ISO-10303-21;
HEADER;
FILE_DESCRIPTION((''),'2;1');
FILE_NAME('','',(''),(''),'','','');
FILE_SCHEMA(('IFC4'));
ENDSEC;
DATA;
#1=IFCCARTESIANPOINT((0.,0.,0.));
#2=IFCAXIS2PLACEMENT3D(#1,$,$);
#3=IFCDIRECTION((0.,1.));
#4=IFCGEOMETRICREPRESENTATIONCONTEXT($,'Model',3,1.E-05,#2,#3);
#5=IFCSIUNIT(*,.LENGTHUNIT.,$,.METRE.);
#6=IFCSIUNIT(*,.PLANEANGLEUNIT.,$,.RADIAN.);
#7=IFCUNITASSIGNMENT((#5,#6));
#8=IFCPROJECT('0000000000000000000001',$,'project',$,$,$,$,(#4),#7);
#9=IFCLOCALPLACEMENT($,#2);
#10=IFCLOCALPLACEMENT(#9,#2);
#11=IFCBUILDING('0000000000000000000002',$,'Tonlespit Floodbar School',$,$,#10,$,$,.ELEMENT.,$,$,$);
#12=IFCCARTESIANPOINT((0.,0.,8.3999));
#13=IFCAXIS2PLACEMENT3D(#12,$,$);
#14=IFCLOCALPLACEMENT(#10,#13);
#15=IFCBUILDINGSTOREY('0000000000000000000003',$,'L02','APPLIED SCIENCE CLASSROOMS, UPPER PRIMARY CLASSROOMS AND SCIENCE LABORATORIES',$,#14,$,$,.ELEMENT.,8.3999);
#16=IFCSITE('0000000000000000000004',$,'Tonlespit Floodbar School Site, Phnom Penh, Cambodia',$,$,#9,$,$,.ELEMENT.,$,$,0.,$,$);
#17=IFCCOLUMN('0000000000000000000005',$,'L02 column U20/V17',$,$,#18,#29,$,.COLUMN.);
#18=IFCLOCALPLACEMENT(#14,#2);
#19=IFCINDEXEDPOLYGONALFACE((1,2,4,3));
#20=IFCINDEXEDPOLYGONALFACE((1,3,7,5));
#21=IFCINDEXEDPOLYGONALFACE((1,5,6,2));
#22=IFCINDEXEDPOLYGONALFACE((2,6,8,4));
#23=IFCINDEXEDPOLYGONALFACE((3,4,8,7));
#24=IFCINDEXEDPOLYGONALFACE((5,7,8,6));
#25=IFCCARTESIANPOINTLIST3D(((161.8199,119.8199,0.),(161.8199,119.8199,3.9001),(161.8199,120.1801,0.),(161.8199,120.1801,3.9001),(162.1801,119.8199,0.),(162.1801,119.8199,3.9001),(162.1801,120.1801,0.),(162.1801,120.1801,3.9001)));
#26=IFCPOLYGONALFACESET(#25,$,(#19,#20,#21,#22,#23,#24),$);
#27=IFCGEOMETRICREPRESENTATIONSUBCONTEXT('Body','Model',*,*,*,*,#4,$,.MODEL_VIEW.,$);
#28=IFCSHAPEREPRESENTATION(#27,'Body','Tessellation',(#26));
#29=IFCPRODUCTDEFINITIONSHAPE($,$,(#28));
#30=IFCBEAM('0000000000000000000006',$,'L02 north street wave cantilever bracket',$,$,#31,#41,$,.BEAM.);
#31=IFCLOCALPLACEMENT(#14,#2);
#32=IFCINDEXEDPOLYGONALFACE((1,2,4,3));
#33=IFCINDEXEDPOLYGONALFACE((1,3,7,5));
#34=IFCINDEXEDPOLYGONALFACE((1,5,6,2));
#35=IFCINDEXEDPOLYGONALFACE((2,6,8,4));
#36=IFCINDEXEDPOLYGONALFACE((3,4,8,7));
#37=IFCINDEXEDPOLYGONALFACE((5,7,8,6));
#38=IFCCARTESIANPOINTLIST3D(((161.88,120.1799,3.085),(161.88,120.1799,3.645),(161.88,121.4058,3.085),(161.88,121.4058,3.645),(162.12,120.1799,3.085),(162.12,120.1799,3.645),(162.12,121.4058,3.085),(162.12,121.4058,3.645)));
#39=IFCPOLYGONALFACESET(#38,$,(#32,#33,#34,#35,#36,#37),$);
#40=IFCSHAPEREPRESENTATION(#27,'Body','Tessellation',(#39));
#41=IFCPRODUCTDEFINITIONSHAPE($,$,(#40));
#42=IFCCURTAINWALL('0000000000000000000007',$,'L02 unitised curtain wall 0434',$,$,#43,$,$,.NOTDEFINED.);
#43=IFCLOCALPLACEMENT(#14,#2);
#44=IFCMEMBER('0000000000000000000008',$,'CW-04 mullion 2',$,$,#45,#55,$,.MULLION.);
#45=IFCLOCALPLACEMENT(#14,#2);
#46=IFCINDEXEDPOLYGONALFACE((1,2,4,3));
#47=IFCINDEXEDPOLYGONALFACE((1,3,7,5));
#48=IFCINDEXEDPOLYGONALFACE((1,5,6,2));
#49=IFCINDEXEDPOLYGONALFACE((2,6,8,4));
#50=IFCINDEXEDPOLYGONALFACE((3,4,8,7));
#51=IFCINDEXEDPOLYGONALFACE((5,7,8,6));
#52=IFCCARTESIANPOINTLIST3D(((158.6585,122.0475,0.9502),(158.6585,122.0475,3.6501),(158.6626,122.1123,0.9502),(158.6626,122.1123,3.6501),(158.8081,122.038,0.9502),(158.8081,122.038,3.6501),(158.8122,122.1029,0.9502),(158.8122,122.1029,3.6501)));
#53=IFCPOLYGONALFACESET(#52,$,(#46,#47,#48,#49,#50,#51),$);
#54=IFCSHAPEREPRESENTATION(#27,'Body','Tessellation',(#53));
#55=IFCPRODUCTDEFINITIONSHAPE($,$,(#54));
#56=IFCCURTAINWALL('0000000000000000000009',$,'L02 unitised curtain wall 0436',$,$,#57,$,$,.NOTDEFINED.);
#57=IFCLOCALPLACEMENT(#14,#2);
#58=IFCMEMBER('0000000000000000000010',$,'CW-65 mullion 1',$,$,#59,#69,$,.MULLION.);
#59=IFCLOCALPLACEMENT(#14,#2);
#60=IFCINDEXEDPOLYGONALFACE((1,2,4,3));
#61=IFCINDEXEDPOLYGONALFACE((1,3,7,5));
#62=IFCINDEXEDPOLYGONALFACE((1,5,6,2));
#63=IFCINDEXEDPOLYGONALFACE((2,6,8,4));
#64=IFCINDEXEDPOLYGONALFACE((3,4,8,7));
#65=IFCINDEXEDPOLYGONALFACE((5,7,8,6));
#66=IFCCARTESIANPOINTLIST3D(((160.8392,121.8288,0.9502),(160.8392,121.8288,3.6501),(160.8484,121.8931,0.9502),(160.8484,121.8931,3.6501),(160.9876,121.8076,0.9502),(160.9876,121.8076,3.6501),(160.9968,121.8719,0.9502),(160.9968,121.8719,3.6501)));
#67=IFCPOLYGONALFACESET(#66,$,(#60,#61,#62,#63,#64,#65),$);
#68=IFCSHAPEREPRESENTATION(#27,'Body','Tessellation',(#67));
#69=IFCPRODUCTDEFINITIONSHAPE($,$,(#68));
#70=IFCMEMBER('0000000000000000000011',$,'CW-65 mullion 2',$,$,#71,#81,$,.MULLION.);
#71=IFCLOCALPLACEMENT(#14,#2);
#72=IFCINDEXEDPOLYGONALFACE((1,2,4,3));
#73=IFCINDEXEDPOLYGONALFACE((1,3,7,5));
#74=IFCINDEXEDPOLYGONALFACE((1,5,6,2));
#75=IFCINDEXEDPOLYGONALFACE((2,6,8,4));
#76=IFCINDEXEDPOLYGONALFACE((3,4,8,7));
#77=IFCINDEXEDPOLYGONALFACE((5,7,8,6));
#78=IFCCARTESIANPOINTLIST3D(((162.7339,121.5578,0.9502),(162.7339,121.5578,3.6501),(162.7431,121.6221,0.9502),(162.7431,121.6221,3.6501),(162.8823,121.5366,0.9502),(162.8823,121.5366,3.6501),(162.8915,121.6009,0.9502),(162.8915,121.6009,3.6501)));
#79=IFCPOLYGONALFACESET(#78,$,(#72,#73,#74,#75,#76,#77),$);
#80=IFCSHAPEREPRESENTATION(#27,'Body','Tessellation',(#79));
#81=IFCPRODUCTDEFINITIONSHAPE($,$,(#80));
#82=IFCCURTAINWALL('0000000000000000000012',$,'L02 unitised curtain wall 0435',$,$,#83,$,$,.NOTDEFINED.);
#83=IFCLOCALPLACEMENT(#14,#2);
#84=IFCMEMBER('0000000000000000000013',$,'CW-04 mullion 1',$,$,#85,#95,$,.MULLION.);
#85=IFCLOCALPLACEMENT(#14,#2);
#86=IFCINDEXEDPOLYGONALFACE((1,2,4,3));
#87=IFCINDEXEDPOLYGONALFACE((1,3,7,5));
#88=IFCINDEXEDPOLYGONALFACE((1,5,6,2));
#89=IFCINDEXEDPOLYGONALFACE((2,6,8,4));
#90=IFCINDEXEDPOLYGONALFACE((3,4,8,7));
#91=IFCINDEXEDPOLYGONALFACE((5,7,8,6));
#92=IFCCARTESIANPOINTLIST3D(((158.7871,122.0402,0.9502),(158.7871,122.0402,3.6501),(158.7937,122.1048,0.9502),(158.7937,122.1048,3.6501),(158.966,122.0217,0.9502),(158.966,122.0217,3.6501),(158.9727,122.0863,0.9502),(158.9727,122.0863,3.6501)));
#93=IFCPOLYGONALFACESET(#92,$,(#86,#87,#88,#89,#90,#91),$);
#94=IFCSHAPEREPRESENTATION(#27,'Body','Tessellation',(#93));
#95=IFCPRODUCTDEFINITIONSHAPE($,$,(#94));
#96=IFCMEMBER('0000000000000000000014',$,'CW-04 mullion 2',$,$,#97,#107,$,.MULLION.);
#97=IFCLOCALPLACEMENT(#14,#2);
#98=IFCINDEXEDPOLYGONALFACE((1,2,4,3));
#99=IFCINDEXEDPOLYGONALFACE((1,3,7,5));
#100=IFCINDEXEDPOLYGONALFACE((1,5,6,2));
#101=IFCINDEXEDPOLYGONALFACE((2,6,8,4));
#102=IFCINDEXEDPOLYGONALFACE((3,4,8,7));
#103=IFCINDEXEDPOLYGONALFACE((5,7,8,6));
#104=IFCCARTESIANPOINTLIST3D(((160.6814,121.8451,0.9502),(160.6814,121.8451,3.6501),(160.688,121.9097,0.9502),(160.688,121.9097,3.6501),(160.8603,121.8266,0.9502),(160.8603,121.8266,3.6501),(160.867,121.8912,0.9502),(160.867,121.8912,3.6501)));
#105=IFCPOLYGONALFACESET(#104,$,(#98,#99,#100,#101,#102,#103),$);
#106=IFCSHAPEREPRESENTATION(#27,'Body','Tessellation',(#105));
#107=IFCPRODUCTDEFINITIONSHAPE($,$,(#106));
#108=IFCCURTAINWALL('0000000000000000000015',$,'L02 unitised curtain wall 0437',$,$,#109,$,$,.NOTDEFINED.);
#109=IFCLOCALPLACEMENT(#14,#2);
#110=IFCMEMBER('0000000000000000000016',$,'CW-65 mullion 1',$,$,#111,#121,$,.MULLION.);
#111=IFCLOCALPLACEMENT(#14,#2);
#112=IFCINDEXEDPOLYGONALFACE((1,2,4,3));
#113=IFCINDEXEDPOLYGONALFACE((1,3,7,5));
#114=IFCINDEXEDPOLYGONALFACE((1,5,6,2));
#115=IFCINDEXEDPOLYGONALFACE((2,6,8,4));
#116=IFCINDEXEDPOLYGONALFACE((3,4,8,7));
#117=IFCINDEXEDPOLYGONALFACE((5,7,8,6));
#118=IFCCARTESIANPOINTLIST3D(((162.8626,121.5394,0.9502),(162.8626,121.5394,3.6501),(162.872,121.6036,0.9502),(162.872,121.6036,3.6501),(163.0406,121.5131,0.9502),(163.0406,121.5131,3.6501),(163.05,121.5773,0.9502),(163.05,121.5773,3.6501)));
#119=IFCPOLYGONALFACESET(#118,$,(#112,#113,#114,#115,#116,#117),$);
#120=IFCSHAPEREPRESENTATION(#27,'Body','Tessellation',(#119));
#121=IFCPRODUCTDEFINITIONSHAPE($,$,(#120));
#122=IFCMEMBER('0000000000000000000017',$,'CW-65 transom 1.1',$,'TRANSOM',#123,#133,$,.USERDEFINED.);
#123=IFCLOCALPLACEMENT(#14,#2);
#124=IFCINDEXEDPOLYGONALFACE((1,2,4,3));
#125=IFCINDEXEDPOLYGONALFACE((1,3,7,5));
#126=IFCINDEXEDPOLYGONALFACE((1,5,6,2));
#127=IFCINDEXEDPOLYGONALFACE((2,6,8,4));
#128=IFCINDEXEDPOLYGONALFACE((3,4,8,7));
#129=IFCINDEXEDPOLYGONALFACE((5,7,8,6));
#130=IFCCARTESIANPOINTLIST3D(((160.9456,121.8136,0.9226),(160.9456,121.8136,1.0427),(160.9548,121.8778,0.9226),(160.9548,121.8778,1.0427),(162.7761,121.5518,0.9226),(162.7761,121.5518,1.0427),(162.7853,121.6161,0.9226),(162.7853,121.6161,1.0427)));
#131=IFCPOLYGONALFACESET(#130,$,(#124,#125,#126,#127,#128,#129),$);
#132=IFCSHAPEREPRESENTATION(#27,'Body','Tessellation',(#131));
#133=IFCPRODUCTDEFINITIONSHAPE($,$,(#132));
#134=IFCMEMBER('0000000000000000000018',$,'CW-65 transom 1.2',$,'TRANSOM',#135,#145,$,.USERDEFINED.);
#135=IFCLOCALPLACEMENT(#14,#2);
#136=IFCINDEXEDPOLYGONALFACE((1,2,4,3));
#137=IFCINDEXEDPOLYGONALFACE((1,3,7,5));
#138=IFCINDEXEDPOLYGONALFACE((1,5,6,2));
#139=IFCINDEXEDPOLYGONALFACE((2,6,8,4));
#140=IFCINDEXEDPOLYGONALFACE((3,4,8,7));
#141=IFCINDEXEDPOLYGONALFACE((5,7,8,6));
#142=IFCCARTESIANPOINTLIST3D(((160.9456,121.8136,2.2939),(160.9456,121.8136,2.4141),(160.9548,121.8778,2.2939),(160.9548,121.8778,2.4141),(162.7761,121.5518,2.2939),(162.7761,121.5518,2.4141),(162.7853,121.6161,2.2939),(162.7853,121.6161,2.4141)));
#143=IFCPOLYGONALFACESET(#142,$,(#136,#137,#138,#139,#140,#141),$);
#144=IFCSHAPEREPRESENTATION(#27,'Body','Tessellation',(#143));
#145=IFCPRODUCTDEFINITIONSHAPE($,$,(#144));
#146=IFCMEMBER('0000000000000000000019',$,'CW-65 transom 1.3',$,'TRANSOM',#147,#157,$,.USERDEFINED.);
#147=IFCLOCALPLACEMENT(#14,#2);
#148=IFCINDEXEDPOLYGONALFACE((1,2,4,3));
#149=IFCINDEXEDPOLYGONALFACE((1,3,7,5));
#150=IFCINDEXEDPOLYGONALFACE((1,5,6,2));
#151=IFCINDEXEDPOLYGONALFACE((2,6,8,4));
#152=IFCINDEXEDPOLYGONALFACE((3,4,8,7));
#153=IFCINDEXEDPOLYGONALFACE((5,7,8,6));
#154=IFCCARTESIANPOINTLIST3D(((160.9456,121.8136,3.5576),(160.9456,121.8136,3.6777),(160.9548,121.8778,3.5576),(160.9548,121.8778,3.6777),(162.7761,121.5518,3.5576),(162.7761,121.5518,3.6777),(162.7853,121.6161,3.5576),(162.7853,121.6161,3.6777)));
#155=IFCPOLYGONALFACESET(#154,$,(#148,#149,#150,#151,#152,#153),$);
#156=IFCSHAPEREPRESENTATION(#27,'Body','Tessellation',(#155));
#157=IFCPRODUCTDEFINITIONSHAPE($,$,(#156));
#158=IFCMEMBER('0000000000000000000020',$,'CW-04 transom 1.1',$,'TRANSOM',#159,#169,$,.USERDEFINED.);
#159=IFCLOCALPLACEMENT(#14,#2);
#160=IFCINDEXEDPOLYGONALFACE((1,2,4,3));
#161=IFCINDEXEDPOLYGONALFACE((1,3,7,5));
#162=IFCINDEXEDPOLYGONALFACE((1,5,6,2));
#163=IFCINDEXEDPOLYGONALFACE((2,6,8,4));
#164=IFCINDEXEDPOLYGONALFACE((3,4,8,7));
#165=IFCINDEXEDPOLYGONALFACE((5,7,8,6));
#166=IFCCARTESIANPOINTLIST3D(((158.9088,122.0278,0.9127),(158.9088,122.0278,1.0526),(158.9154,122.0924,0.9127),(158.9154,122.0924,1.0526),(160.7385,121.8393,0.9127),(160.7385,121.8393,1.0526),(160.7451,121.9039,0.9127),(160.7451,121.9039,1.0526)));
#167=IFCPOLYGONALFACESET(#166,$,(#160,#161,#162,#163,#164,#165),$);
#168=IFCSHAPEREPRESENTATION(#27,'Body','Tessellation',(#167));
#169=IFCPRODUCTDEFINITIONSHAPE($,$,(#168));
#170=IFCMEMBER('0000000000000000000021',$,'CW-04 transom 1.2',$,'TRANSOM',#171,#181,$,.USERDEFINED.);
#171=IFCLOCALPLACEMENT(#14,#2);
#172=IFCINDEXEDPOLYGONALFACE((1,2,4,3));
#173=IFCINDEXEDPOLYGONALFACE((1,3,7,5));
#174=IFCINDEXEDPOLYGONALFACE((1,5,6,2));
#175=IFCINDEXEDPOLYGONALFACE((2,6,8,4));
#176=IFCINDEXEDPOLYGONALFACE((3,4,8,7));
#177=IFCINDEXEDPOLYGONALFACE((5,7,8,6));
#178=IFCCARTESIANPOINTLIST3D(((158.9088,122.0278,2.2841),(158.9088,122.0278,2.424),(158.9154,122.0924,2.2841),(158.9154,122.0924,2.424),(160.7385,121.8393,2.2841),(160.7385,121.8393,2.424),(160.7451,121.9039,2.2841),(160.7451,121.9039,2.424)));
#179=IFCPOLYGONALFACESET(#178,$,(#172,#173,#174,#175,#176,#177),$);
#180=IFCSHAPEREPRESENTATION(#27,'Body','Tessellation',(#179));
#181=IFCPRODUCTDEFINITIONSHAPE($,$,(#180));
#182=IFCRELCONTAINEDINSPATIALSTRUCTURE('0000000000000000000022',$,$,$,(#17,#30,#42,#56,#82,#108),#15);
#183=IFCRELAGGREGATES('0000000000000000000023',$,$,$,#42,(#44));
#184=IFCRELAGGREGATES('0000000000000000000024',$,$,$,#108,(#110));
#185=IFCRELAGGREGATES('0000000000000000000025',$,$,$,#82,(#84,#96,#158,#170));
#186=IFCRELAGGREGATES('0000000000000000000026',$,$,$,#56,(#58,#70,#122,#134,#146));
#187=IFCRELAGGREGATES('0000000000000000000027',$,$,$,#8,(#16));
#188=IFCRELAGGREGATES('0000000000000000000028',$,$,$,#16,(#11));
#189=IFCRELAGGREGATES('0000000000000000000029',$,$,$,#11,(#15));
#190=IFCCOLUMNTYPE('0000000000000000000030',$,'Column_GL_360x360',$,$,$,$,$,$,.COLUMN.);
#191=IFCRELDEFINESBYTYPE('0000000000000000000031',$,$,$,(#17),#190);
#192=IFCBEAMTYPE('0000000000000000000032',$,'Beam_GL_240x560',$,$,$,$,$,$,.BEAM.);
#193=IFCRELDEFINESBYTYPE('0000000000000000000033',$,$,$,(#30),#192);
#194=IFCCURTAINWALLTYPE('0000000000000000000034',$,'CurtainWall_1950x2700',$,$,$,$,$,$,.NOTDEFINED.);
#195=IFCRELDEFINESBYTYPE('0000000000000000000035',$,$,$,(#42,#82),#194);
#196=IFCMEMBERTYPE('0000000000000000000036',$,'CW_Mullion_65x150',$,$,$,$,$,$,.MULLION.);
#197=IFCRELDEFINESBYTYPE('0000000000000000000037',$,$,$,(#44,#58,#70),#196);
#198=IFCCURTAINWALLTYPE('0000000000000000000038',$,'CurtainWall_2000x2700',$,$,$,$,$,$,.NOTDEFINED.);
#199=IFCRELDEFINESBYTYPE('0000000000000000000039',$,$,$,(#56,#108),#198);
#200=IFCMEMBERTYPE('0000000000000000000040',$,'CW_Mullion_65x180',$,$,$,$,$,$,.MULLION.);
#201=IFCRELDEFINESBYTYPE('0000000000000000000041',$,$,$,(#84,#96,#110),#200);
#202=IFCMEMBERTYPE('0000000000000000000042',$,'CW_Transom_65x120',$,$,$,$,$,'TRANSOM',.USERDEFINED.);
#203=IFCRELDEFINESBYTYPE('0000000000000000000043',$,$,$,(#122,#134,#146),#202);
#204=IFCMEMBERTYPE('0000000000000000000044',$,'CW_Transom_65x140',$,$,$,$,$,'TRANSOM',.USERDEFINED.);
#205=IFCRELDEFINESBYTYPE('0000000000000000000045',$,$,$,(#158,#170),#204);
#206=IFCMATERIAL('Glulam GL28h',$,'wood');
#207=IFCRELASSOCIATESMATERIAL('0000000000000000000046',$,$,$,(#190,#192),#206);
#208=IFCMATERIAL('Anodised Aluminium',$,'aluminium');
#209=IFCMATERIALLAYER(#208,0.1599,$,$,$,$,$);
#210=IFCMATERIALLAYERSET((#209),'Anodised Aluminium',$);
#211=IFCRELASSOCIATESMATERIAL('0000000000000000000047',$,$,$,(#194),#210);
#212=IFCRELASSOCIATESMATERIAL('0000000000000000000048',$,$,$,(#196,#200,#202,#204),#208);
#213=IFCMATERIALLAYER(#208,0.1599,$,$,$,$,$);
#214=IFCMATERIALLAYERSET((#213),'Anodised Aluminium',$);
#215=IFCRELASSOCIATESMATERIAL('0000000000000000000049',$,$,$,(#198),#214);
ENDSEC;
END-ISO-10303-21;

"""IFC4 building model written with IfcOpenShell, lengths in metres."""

from ifc_helpers import new_model, si_unit, direction, frame, origin, origin_2d, place, context, subcontext, project, spatial, rectangle, extrude, material, layer, layer_set, material_profile, profile_set, type_object, element, aggregate, save


model = new_model("IFC4")

# Units and contexts
model_context = context("Model", 3, precision=1e-05, world=origin(), true_north=direction((0.0, 1.0)))
body_context = subcontext(model_context, "Body", "Model", "MODEL_VIEW")
ifc_project = project(units=[si_unit("LENGTHUNIT", "METRE"), si_unit("PLANEANGLEUNIT", "RADIAN")], contexts=[model_context])

# Site, building, storey
site_placement = place(None, origin())
site = spatial("IfcSite", under=ifc_project, at=site_placement, Name="Tonlespit Floodbar School Site, Phnom Penh, Cambodia", CompositionType="ELEMENT", RefElevation=0.0)
building_placement = place(site_placement, origin())
building = spatial("IfcBuilding", under=site, at=building_placement, Name="Tonlespit Floodbar School", CompositionType="ELEMENT")
storey_placement = place(building_placement, frame((0.0, 0.0, 8.3999)))
storey = spatial("IfcBuildingStorey", under=building, at=storey_placement, Name="L02", Description="APPLIED SCIENCE CLASSROOMS, UPPER PRIMARY CLASSROOMS AND SCIENCE LABORATORIES", CompositionType="ELEMENT", Elevation=8.3999)

# Column
ifc_material_1 = material(Name="Glulam GL28h", Category="wood")
ifc_material_profile_1 = material_profile(ifc_material_1, rectangle(XDim=0.3601, YDim=0.3601, at=origin_2d()), Name="GL 360x360")
ifc_profile_set_1 = profile_set([ifc_material_profile_1], Name="Glulam GL28h")
column_type = type_object("IfcColumnType", Name="Column_GL_360x360", PredefinedType="COLUMN", material=ifc_profile_set_1)
column_placement = place(storey_placement, frame((162.0, 120.0, 0.0), z_axis=(0.0, 0.0, 1.0), x_axis=(1.0, 0.0, 0.0)))
element("IfcColumn", 1, at=column_placement, inside=storey, type_object=column_type, Name="L02 column U20/V17", PredefinedType="COLUMN", context=body_context, shape_type="SweptSolid", body=[
    extrude(rectangle(XDim=0.3601, YDim=0.3601, at=origin_2d()), origin(), (0.0, 0.0, 1.0), 3.9001),
])

# Beam
ifc_material_profile_2 = material_profile(ifc_material_1, rectangle(XDim=0.24, YDim=0.5601, at=origin_2d()), Name="GL 240x560")
ifc_profile_set_2 = profile_set([ifc_material_profile_2], Name="Glulam GL28h")
beam_type_1 = type_object("IfcBeamType", Name="Beam_GL_240x560", PredefinedType="BEAM", material=ifc_profile_set_2)
beam_1_placement = place(storey_placement, frame((162.0, 120.1799, 3.365), z_axis=(0.0, 1.0, 0.0), x_axis=(-1.0, 0.0, 0.0)))
element("IfcBeam", 2, at=beam_1_placement, inside=storey, type_object=beam_type_1, Name="L02 north street wave cantilever bracket", PredefinedType="BEAM", context=body_context, shape_type="SweptSolid", body=[
    extrude(rectangle(XDim=0.24, YDim=0.5601, at=origin_2d()), origin(), (0.0, 0.0, 1.0), 1.2258),
])

# Curtain wall, member
ifc_material_2 = material(Name="Anodised Aluminium", Category="aluminium")
ifc_layer_1 = layer(ifc_material_2, 0.1599)
ifc_layer_set_1 = layer_set([ifc_layer_1], Name="Anodised Aluminium")
curtain_wall_type_1 = type_object("IfcCurtainWallType", Name="CurtainWall_1950x2700", PredefinedType="NOTDEFINED", material=ifc_layer_set_1)
curtain_wall_1_placement = place(storey_placement, origin())
curtain_wall_1 = element("IfcCurtainWall", 3, at=curtain_wall_1_placement, inside=storey, type_object=curtain_wall_type_1, Name="L02 unitised curtain wall 0434", PredefinedType="NOTDEFINED")
ifc_material_profile_3 = material_profile(ifc_material_2, rectangle(XDim=0.0649, YDim=0.1499, at=origin_2d()), Name="ALU M65x150")
ifc_profile_set_3 = profile_set([ifc_material_profile_3], Name="Anodised Aluminium")
member_type_1 = type_object("IfcMemberType", Name="CW_Mullion_65x150", PredefinedType="MULLION", material=ifc_profile_set_3)
member_1_placement = place(storey_placement, frame((158.7354, 122.0752, 0.9502), z_axis=(0.0, 0.0, 1.0), x_axis=(0.063282, 0.997996, 0.0)))
member_1 = element("IfcMember", 4, at=member_1_placement, type_object=member_type_1, Name="CW-04 mullion 2", PredefinedType="MULLION", context=body_context, shape_type="SweptSolid", body=[
    extrude(rectangle(XDim=0.0649, YDim=0.1499, at=origin_2d()), origin(), (0.0, 0.0, 1.0), 2.7),
])
aggregate(curtain_wall_1, [member_1])

# Curtain walls, members
ifc_layer_2 = layer(ifc_material_2, 0.1599)
ifc_layer_set_2 = layer_set([ifc_layer_2], Name="Anodised Aluminium")
curtain_wall_type_2 = type_object("IfcCurtainWallType", Name="CurtainWall_2000x2700", PredefinedType="NOTDEFINED", material=ifc_layer_set_2)
curtain_wall_2_placement = place(storey_placement, origin())
curtain_wall_2 = element("IfcCurtainWall", 5, at=curtain_wall_2_placement, inside=storey, type_object=curtain_wall_type_2, Name="L02 unitised curtain wall 0436", PredefinedType="NOTDEFINED")
member_2_placement = place(storey_placement, frame((160.918, 121.8503, 0.9502), z_axis=(0.0, 0.0, 1.0), x_axis=(0.141626, 0.98992, 0.0)))
member_2 = element("IfcMember", 6, at=member_2_placement, type_object=member_type_1, Name="CW-65 mullion 1", PredefinedType="MULLION", context=body_context, shape_type="SweptSolid", body=[
    extrude(rectangle(XDim=0.0649, YDim=0.1499, at=origin_2d()), origin(), (0.0, 0.0, 1.0), 2.7),
])
member_3_placement = place(storey_placement, frame((162.8127, 121.5793, 0.9502), z_axis=(0.0, 0.0, 1.0), x_axis=(0.141626, 0.98992, 0.0)))
member_3 = element("IfcMember", 7, at=member_3_placement, type_object=member_type_1, Name="CW-65 mullion 2", PredefinedType="MULLION", context=body_context, shape_type="SweptSolid", body=[
    extrude(rectangle(XDim=0.0649, YDim=0.1499, at=origin_2d()), origin(), (0.0, 0.0, 1.0), 2.7),
])
curtain_wall_3_placement = place(storey_placement, origin())
curtain_wall_3 = element("IfcCurtainWall", 8, at=curtain_wall_3_placement, inside=storey, type_object=curtain_wall_type_1, Name="L02 unitised curtain wall 0435", PredefinedType="NOTDEFINED")
ifc_material_profile_4 = material_profile(ifc_material_2, rectangle(XDim=0.0649, YDim=0.1799, at=origin_2d()), Name="ALU M65x180")
ifc_profile_set_4 = profile_set([ifc_material_profile_4], Name="Anodised Aluminium")
member_type_2 = type_object("IfcMemberType", Name="CW_Mullion_65x180", PredefinedType="MULLION", material=ifc_profile_set_4)
member_4_placement = place(storey_placement, frame((158.8799, 122.0632, 0.9502), z_axis=(0.0, 0.0, 1.0), x_axis=(0.102475, 0.994736, 0.0)))
member_4 = element("IfcMember", 9, at=member_4_placement, type_object=member_type_2, Name="CW-04 mullion 1", PredefinedType="MULLION", context=body_context, shape_type="SweptSolid", body=[
    extrude(rectangle(XDim=0.0649, YDim=0.1799, at=origin_2d()), origin(), (0.0, 0.0, 1.0), 2.7),
])
member_5_placement = place(storey_placement, frame((160.7742, 121.8682, 0.9502), z_axis=(0.0, 0.0, 1.0), x_axis=(0.102475, 0.994736, 0.0)))
member_5 = element("IfcMember", 10, at=member_5_placement, type_object=member_type_2, Name="CW-04 mullion 2", PredefinedType="MULLION", context=body_context, shape_type="SweptSolid", body=[
    extrude(rectangle(XDim=0.0649, YDim=0.1799, at=origin_2d()), origin(), (0.0, 0.0, 1.0), 2.7),
])

# Curtain wall, member
curtain_wall_4_placement = place(storey_placement, origin())
curtain_wall_4 = element("IfcCurtainWall", 11, at=curtain_wall_4_placement, inside=storey, type_object=curtain_wall_type_2, Name="L02 unitised curtain wall 0437", PredefinedType="NOTDEFINED")
member_6_placement = place(storey_placement, frame((162.9563, 121.5583, 0.9502), z_axis=(0.0, 0.0, 1.0), x_axis=(0.146022, 0.989281, 0.0)))
member_6 = element("IfcMember", 12, at=member_6_placement, type_object=member_type_2, Name="CW-65 mullion 1", PredefinedType="MULLION", context=body_context, shape_type="SweptSolid", body=[
    extrude(rectangle(XDim=0.0649, YDim=0.1799, at=origin_2d()), origin(), (0.0, 0.0, 1.0), 2.7),
])

# Members
ifc_material_profile_5 = material_profile(ifc_material_2, rectangle(XDim=0.0649, YDim=0.1201, at=origin_2d()), Name="ALU T65x120")
ifc_profile_set_5 = profile_set([ifc_material_profile_5], Name="Anodised Aluminium")
member_type_3 = type_object("IfcMemberType", Name="CW_Transom_65x120", ElementType="TRANSOM", PredefinedType="USERDEFINED", material=ifc_profile_set_5)
member_7_placement = place(storey_placement, frame((160.9502, 121.8457, 0.9827), z_axis=(0.989934, -0.141532, 0.0), x_axis=(0.141532, 0.989934, 0.0)))
member_7 = element("IfcMember", 13, at=member_7_placement, type_object=member_type_3, Name="CW-65 transom 1.1", ObjectType="TRANSOM", PredefinedType="USERDEFINED", context=body_context, shape_type="SweptSolid", body=[
    extrude(rectangle(XDim=0.0649, YDim=0.1201, at=origin_2d()), origin(), (0.0, 0.0, 1.0), 1.8491),
])
member_8_placement = place(storey_placement, frame((160.9502, 121.8457, 2.354), z_axis=(0.989934, -0.141532, 0.0), x_axis=(0.141532, 0.989934, 0.0)))
member_8 = element("IfcMember", 14, at=member_8_placement, type_object=member_type_3, Name="CW-65 transom 1.2", ObjectType="TRANSOM", PredefinedType="USERDEFINED", context=body_context, shape_type="SweptSolid", body=[
    extrude(rectangle(XDim=0.0649, YDim=0.1201, at=origin_2d()), origin(), (0.0, 0.0, 1.0), 1.8491),
])
member_9_placement = place(storey_placement, frame((160.9502, 121.8457, 3.6177), z_axis=(0.989934, -0.141532, 0.0), x_axis=(0.141532, 0.989934, 0.0)))
member_9 = element("IfcMember", 15, at=member_9_placement, type_object=member_type_3, Name="CW-65 transom 1.3", ObjectType="TRANSOM", PredefinedType="USERDEFINED", context=body_context, shape_type="SweptSolid", body=[
    extrude(rectangle(XDim=0.0649, YDim=0.1201, at=origin_2d()), origin(), (0.0, 0.0, 1.0), 1.8491),
])
ifc_material_profile_6 = material_profile(ifc_material_2, rectangle(XDim=0.0649, YDim=0.1399, at=origin_2d()), Name="ALU T65x140")
ifc_profile_set_6 = profile_set([ifc_material_profile_6], Name="Anodised Aluminium")
member_type_4 = type_object("IfcMemberType", Name="CW_Transom_65x140", ElementType="TRANSOM", PredefinedType="USERDEFINED", material=ifc_profile_set_6)
member_10_placement = place(storey_placement, frame((158.9121, 122.0601, 0.9827), z_axis=(0.994736, -0.102473, 0.0), x_axis=(0.102473, 0.994736, 0.0)))
member_10 = element("IfcMember", 16, at=member_10_placement, type_object=member_type_4, Name="CW-04 transom 1.1", ObjectType="TRANSOM", PredefinedType="USERDEFINED", context=body_context, shape_type="SweptSolid", body=[
    extrude(rectangle(XDim=0.0649, YDim=0.1399, at=origin_2d()), origin(), (0.0, 0.0, 1.0), 1.8394),
])
member_11_placement = place(storey_placement, frame((158.9121, 122.0601, 2.354), z_axis=(0.994736, -0.102473, 0.0), x_axis=(0.102473, 0.994736, 0.0)))
member_11 = element("IfcMember", 17, at=member_11_placement, type_object=member_type_4, Name="CW-04 transom 1.2", ObjectType="TRANSOM", PredefinedType="USERDEFINED", context=body_context, shape_type="SweptSolid", body=[
    extrude(rectangle(XDim=0.0649, YDim=0.1399, at=origin_2d()), origin(), (0.0, 0.0, 1.0), 1.8394),
])

aggregate(curtain_wall_4, [member_6])
aggregate(curtain_wall_3, [member_4, member_5, member_10, member_11])
aggregate(curtain_wall_2, [member_2, member_3, member_7, member_8, member_9])

save(model, "model.ifc")
